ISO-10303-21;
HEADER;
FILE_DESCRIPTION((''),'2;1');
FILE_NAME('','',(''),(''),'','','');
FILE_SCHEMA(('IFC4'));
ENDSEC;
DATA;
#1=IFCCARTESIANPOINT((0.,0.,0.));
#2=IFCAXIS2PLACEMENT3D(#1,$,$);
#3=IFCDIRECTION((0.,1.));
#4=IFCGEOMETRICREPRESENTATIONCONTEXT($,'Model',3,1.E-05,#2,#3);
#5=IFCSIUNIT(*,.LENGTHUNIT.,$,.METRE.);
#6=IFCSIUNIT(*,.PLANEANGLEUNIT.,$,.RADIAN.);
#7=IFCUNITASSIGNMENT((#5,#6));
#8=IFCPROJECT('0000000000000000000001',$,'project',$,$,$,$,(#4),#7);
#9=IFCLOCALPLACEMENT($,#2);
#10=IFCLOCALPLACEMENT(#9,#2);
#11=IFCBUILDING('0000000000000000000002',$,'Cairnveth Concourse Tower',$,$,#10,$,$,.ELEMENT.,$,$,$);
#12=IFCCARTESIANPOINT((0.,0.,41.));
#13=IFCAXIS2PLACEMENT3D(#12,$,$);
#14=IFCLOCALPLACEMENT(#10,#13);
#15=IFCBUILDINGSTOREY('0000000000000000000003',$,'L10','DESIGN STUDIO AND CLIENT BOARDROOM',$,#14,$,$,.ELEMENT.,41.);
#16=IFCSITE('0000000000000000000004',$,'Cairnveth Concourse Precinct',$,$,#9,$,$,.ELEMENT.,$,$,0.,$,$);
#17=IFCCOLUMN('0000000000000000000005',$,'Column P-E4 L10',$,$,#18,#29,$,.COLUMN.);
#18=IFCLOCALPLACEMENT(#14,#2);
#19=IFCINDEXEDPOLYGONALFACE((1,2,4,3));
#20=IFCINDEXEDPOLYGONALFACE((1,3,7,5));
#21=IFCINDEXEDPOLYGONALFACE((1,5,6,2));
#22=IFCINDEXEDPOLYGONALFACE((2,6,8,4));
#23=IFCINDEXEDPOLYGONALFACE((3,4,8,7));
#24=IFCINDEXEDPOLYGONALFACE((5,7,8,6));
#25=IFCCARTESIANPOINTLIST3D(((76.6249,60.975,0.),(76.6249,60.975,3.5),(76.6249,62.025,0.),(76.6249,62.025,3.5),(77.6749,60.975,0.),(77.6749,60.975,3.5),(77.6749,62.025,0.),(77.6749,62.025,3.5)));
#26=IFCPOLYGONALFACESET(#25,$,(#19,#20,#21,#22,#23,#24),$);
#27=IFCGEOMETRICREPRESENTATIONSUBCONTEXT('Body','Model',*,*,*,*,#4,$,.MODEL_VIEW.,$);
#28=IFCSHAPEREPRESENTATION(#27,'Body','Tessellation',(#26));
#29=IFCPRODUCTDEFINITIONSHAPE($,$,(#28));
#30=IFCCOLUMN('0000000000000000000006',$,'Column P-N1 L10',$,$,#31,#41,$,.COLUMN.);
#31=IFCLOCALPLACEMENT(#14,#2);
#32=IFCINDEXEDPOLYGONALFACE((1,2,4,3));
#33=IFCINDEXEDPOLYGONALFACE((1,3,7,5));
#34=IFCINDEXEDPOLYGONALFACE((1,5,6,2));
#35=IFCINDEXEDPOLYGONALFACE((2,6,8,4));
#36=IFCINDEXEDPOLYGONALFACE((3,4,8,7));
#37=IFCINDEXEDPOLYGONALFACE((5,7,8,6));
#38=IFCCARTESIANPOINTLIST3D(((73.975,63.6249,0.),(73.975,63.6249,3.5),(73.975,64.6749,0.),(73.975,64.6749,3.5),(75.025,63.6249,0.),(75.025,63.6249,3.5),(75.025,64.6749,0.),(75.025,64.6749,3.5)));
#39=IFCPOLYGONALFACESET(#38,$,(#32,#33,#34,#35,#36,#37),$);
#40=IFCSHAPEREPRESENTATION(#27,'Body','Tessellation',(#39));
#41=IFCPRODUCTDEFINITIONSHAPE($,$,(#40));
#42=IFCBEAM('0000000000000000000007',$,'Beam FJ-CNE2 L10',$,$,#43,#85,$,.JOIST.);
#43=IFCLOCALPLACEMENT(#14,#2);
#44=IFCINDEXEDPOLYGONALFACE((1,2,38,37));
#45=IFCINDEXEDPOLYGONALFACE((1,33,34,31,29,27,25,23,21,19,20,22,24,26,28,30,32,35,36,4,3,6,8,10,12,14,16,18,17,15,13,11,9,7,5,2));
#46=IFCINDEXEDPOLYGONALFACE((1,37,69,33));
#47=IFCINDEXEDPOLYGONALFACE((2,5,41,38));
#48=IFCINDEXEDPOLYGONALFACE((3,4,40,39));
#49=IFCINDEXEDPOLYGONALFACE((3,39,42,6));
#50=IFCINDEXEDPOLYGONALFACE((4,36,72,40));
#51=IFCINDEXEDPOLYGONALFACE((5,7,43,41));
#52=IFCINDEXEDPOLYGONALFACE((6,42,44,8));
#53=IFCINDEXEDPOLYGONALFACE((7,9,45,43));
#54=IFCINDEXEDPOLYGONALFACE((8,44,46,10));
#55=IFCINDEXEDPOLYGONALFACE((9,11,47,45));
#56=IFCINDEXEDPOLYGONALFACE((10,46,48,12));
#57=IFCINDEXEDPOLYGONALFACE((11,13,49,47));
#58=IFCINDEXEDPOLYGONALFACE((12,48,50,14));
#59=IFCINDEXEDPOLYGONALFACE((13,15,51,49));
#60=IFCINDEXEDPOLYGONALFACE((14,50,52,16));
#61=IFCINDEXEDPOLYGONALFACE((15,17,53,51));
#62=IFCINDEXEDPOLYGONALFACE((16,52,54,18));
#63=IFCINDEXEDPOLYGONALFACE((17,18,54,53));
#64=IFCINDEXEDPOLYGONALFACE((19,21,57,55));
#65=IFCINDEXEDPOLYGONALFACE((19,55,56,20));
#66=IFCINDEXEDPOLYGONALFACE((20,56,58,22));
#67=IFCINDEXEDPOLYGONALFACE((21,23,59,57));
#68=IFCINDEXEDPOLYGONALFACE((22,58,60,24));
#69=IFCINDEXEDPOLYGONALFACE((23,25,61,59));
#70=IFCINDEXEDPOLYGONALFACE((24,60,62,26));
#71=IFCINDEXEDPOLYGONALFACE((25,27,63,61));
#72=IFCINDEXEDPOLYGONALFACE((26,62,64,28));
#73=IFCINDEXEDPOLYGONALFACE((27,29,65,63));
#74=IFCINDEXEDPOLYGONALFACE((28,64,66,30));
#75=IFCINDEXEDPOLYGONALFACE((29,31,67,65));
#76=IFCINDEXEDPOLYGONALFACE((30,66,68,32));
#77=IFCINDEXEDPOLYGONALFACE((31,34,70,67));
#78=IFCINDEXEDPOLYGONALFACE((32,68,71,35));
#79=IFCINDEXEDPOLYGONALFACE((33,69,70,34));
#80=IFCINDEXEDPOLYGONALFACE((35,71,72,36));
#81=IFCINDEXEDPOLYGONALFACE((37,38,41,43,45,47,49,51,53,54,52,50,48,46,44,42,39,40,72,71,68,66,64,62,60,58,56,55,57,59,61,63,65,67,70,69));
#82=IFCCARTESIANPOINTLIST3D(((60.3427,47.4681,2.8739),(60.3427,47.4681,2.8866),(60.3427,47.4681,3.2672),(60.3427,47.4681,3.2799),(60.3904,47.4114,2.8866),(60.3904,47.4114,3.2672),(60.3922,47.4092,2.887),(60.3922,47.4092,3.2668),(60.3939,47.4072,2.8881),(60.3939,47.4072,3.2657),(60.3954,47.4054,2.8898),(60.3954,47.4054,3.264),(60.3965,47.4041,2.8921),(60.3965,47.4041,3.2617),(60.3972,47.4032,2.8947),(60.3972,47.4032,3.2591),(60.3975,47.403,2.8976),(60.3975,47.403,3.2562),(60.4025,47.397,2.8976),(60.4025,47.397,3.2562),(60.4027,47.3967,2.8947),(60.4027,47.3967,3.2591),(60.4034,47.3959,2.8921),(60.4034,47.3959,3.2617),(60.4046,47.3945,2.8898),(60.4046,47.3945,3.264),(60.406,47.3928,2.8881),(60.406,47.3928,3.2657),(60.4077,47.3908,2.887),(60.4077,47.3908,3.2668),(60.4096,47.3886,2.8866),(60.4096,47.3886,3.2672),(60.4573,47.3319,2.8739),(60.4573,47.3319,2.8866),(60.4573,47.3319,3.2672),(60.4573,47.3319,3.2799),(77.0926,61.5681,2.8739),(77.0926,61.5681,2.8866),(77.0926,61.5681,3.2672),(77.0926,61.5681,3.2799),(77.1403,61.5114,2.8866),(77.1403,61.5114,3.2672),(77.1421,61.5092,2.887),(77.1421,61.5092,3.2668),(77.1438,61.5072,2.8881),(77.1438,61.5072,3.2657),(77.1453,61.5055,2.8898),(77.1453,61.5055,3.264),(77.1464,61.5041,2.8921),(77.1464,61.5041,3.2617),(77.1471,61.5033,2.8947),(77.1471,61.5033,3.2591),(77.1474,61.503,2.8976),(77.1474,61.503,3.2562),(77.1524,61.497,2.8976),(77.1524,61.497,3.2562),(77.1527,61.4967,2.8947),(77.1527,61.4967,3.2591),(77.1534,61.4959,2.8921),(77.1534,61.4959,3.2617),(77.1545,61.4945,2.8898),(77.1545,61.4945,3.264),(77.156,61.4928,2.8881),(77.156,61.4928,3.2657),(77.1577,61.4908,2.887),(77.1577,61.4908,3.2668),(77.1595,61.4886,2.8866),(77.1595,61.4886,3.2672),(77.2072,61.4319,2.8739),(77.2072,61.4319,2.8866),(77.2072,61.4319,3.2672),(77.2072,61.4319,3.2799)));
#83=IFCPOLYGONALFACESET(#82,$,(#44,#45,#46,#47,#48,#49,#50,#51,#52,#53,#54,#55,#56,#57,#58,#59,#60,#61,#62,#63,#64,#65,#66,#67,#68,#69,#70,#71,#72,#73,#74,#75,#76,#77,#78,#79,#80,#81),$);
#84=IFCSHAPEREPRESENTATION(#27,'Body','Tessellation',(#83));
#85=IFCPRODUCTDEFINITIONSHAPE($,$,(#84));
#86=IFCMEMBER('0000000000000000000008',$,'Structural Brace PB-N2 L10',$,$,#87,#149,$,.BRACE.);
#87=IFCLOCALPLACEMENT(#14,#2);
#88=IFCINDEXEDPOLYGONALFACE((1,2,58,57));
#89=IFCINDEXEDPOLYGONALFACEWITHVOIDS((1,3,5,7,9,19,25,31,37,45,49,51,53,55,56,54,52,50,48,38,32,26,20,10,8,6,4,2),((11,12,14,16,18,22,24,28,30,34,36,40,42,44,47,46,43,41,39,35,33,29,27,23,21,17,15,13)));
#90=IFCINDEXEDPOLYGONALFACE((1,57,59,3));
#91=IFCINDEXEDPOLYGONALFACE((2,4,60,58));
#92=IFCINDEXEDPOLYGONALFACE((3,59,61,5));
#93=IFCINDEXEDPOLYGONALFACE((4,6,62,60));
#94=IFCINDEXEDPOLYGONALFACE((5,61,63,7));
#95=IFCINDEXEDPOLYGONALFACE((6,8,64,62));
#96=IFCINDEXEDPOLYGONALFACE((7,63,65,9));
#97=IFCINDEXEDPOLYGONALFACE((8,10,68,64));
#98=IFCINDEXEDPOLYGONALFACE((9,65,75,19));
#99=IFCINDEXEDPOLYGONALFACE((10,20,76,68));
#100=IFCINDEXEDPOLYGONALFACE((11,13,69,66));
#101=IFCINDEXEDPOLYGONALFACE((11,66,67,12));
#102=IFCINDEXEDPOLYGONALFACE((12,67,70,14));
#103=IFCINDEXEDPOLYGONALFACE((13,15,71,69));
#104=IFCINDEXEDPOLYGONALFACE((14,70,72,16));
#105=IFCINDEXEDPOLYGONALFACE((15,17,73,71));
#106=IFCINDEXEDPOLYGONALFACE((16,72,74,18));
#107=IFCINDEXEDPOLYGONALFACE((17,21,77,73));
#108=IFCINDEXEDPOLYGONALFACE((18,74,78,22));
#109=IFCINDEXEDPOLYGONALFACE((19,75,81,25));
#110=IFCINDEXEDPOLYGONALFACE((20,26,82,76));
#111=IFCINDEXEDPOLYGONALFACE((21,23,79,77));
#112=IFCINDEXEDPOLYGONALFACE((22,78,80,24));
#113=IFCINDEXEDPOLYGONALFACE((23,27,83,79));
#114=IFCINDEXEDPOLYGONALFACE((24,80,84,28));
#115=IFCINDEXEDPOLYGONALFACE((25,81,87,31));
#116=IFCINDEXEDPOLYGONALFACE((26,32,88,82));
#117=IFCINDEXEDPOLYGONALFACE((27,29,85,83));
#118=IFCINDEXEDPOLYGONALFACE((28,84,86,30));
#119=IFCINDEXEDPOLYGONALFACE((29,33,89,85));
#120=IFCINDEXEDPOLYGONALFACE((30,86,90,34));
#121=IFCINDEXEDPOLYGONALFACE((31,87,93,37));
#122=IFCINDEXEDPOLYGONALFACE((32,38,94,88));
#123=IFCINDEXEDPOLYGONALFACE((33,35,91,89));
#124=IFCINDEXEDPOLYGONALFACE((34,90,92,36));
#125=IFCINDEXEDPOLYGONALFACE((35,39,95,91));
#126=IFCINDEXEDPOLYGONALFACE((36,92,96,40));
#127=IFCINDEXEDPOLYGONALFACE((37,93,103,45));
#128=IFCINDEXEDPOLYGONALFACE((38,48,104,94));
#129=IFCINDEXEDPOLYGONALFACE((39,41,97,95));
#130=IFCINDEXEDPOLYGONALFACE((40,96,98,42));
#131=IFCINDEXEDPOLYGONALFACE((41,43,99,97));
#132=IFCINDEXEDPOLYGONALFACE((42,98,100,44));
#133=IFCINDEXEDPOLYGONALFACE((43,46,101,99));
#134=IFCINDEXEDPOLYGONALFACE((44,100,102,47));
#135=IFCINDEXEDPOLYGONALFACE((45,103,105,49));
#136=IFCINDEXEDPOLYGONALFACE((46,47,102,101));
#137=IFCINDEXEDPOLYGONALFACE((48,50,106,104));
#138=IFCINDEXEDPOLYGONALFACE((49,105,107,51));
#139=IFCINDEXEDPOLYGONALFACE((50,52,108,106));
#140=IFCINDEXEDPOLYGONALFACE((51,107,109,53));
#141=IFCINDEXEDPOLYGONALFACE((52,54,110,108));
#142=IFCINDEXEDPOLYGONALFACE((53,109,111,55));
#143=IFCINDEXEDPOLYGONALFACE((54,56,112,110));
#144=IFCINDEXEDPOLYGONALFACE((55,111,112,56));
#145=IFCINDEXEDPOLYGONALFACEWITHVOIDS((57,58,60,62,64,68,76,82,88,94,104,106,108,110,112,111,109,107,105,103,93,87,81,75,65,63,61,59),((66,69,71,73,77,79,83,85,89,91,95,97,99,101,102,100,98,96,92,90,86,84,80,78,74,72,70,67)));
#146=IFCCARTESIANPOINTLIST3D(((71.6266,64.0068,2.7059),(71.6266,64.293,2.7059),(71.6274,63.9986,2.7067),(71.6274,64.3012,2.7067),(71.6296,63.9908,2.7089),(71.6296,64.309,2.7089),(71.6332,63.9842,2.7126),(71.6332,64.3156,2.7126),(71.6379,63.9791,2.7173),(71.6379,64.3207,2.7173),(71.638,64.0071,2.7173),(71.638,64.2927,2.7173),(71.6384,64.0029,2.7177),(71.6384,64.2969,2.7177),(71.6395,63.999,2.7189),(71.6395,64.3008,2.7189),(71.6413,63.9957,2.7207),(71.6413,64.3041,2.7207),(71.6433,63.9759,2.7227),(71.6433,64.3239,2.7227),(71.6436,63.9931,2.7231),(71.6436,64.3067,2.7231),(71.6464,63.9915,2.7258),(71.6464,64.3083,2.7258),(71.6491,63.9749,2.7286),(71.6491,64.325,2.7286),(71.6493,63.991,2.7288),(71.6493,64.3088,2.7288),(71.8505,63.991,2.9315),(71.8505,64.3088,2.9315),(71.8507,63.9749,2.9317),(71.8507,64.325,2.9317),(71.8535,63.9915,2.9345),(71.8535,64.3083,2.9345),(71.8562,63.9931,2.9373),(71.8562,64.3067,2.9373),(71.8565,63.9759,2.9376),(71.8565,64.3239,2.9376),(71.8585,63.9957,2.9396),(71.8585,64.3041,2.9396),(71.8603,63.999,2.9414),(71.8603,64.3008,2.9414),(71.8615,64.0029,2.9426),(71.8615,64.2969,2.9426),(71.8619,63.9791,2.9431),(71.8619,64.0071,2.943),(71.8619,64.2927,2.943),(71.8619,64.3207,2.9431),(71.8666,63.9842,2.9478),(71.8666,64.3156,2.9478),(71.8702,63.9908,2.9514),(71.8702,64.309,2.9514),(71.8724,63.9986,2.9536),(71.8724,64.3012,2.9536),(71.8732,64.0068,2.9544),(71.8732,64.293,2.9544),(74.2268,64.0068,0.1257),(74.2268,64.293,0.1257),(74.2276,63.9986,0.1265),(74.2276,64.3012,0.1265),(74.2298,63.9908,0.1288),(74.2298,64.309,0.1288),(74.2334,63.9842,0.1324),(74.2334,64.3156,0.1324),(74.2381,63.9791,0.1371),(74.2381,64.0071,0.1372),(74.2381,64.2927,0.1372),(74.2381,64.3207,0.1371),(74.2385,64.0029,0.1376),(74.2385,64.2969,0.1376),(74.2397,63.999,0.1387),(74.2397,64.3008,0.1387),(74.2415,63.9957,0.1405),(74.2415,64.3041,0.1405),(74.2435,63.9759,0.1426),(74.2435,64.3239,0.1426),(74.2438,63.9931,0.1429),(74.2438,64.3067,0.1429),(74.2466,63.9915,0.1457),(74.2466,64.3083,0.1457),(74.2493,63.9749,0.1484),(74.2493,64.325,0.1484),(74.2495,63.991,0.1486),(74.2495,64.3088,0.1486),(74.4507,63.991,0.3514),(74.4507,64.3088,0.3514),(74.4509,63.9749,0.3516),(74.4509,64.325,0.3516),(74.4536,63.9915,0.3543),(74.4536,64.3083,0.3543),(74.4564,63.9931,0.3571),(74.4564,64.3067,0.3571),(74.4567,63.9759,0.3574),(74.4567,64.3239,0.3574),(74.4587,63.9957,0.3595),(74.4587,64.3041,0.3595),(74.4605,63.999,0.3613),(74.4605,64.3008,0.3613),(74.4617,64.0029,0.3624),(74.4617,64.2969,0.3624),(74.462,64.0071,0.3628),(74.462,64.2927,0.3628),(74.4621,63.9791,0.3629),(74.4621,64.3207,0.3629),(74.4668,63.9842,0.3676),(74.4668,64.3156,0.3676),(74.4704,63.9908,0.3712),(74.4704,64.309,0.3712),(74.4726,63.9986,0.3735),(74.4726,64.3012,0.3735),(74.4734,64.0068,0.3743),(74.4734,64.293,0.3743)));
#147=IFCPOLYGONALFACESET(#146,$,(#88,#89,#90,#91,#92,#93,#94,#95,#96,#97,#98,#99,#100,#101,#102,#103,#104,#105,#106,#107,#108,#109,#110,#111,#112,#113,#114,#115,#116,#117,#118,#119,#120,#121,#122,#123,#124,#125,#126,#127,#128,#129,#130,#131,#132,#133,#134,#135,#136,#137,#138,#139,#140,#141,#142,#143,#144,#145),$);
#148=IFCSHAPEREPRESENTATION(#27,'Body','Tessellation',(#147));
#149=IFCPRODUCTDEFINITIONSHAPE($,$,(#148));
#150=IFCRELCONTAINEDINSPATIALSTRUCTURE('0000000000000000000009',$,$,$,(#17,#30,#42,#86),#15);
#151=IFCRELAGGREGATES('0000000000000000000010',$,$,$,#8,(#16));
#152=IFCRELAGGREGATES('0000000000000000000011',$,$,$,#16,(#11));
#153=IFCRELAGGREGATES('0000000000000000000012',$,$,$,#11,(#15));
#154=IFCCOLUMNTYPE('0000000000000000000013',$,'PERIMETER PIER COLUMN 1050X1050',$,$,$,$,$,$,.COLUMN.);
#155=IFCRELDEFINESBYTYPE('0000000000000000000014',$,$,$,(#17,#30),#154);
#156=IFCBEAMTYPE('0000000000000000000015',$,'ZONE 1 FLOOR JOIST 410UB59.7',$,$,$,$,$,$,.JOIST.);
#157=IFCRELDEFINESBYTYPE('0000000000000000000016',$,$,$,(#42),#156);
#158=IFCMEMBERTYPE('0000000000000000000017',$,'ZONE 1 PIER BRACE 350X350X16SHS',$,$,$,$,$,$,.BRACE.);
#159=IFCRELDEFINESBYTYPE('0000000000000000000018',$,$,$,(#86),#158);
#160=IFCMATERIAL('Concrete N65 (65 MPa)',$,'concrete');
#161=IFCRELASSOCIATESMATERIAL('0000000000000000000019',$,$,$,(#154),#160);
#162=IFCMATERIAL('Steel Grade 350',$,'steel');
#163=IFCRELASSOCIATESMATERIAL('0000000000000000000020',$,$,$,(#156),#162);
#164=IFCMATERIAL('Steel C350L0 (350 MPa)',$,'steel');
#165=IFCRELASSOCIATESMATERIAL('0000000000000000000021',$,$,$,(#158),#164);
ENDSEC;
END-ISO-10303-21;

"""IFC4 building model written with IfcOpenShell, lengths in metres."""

from ifc_helpers import new_model, si_unit, direction, frame, origin, origin_2d, place, context, subcontext, project, spatial, rectangle, hollow_rectangle, i_section, extrude, material, material_profile, profile_set, type_object, element, save


model = new_model("IFC4")

# Units and contexts
model_context = context("Model", 3, precision=1e-05, world=origin(), true_north=direction((0.0, 1.0)))
body_context = subcontext(model_context, "Body", "Model", "MODEL_VIEW")
ifc_project = project(units=[si_unit("LENGTHUNIT", "METRE"), si_unit("PLANEANGLEUNIT", "RADIAN")], contexts=[model_context])

# Site, building, storey
site_placement = place(None, origin())
site = spatial("IfcSite", under=ifc_project, at=site_placement, Name="Cairnveth Concourse Precinct", CompositionType="ELEMENT", RefElevation=0.0)
building_placement = place(site_placement, origin())
building = spatial("IfcBuilding", under=site, at=building_placement, Name="Cairnveth Concourse Tower", CompositionType="ELEMENT")
storey_placement = place(building_placement, frame((0.0, 0.0, 41.0)))
storey = spatial("IfcBuildingStorey", under=building, at=storey_placement, Name="L10", Description="DESIGN STUDIO AND CLIENT BOARDROOM", CompositionType="ELEMENT", Elevation=41.0)

# Columns
ifc_material_1 = material(Name="Concrete N65 (65 MPa)", Category="concrete")
ifc_material_profile_1 = material_profile(ifc_material_1, rectangle(XDim=1.05, YDim=1.05, at=origin_2d()), Name="RC-COL-1050x1050")
ifc_profile_set_1 = profile_set([ifc_material_profile_1], Name="Concrete N65 (65 MPa)")
column_type = type_object("IfcColumnType", Name="PERIMETER PIER COLUMN 1050X1050", PredefinedType="COLUMN", material=ifc_profile_set_1)
for number, where, z_axis, x_axis, name in (
    (1, (77.1499, 61.5, 0.0), (0.0, 0.0, 1.0), (0.0, 1.0, 0.0), "Column P-E4 L10"),
    (2, (74.5, 64.1499, 0.0), (0.0, 0.0, 1.0), (1.0, 0.0, 0.0), "Column P-N1 L10"),
):
    element("IfcColumn", number, at=place(storey_placement, frame(where, z_axis=z_axis, x_axis=x_axis)), inside=storey, type_object=column_type, Name=name, PredefinedType="COLUMN", context=body_context, shape_type="SweptSolid", body=[
        extrude(rectangle(XDim=1.05, YDim=1.05, at=origin_2d()), origin(), (0.0, 0.0, 1.0), 3.5),
    ])

# Beam
ifc_material_2 = material(Name="Steel Grade 350", Category="steel")
ifc_material_profile_2 = material_profile(ifc_material_2, i_section(OverallWidth=0.178, OverallDepth=0.406, WebThickness=0.0078, FlangeThickness=0.0127, FilletRadius=0.011, at=origin_2d()), Name="410UB59.7")
ifc_profile_set_2 = profile_set([ifc_material_profile_2], Name="Steel Grade 350")
beam_type_1 = type_object("IfcBeamType", Name="ZONE 1 FLOOR JOIST 410UB59.7", PredefinedType="JOIST", material=ifc_profile_set_2)
beam_1_placement = place(storey_placement, frame((77.1499, 61.5, 3.0769), z_axis=(-0.765027, -0.643998, 0.0), x_axis=(0.643998, -0.765027, 0.0)))
element("IfcBeam", 3, at=beam_1_placement, inside=storey, type_object=beam_type_1, Name="Beam FJ-CNE2 L10", PredefinedType="JOIST", context=body_context, shape_type="SweptSolid", body=[
    extrude(i_section(OverallWidth=0.178, OverallDepth=0.406, WebThickness=0.0078, FlangeThickness=0.0127, FilletRadius=0.011, at=origin_2d()), origin(), (0.0, 0.0, 1.0), 21.8945),
])

# Member
ifc_material_3 = material(Name="Steel C350L0 (350 MPa)", Category="steel")
ifc_material_profile_3 = material_profile(ifc_material_3, hollow_rectangle(XDim=0.3501, YDim=0.3501, WallThickness=0.0161, InnerFilletRadius=0.0161, OuterFilletRadius=0.032, at=origin_2d()), Name="350x350x16.0SHS")
ifc_profile_set_3 = profile_set([ifc_material_profile_3], Name="Steel C350L0 (350 MPa)")
member_type = type_object("IfcMemberType", Name="ZONE 1 PIER BRACE 350X350X16SHS", PredefinedType="BRACE", material=ifc_profile_set_3)
for number, where, z_axis, x_axis, name in (
    (4, (74.3501, 64.1499, 0.25), (-0.709834, 0.0, 0.704369), (0.0, -1.0, 0.0), "Structural Brace PB-N2 L10"),
):
    element("IfcMember", number, at=place(storey_placement, frame(where, z_axis=z_axis, x_axis=x_axis)), inside=storey, type_object=member_type, Name=name, PredefinedType="BRACE", context=body_context, shape_type="SweptSolid", body=[
        extrude(hollow_rectangle(XDim=0.3501, YDim=0.3501, WallThickness=0.0161, InnerFilletRadius=0.0161, OuterFilletRadius=0.032, at=origin_2d()), origin(), (0.0, 0.0, 1.0), 3.6631),
    ])

save(model, "model.ifc")
